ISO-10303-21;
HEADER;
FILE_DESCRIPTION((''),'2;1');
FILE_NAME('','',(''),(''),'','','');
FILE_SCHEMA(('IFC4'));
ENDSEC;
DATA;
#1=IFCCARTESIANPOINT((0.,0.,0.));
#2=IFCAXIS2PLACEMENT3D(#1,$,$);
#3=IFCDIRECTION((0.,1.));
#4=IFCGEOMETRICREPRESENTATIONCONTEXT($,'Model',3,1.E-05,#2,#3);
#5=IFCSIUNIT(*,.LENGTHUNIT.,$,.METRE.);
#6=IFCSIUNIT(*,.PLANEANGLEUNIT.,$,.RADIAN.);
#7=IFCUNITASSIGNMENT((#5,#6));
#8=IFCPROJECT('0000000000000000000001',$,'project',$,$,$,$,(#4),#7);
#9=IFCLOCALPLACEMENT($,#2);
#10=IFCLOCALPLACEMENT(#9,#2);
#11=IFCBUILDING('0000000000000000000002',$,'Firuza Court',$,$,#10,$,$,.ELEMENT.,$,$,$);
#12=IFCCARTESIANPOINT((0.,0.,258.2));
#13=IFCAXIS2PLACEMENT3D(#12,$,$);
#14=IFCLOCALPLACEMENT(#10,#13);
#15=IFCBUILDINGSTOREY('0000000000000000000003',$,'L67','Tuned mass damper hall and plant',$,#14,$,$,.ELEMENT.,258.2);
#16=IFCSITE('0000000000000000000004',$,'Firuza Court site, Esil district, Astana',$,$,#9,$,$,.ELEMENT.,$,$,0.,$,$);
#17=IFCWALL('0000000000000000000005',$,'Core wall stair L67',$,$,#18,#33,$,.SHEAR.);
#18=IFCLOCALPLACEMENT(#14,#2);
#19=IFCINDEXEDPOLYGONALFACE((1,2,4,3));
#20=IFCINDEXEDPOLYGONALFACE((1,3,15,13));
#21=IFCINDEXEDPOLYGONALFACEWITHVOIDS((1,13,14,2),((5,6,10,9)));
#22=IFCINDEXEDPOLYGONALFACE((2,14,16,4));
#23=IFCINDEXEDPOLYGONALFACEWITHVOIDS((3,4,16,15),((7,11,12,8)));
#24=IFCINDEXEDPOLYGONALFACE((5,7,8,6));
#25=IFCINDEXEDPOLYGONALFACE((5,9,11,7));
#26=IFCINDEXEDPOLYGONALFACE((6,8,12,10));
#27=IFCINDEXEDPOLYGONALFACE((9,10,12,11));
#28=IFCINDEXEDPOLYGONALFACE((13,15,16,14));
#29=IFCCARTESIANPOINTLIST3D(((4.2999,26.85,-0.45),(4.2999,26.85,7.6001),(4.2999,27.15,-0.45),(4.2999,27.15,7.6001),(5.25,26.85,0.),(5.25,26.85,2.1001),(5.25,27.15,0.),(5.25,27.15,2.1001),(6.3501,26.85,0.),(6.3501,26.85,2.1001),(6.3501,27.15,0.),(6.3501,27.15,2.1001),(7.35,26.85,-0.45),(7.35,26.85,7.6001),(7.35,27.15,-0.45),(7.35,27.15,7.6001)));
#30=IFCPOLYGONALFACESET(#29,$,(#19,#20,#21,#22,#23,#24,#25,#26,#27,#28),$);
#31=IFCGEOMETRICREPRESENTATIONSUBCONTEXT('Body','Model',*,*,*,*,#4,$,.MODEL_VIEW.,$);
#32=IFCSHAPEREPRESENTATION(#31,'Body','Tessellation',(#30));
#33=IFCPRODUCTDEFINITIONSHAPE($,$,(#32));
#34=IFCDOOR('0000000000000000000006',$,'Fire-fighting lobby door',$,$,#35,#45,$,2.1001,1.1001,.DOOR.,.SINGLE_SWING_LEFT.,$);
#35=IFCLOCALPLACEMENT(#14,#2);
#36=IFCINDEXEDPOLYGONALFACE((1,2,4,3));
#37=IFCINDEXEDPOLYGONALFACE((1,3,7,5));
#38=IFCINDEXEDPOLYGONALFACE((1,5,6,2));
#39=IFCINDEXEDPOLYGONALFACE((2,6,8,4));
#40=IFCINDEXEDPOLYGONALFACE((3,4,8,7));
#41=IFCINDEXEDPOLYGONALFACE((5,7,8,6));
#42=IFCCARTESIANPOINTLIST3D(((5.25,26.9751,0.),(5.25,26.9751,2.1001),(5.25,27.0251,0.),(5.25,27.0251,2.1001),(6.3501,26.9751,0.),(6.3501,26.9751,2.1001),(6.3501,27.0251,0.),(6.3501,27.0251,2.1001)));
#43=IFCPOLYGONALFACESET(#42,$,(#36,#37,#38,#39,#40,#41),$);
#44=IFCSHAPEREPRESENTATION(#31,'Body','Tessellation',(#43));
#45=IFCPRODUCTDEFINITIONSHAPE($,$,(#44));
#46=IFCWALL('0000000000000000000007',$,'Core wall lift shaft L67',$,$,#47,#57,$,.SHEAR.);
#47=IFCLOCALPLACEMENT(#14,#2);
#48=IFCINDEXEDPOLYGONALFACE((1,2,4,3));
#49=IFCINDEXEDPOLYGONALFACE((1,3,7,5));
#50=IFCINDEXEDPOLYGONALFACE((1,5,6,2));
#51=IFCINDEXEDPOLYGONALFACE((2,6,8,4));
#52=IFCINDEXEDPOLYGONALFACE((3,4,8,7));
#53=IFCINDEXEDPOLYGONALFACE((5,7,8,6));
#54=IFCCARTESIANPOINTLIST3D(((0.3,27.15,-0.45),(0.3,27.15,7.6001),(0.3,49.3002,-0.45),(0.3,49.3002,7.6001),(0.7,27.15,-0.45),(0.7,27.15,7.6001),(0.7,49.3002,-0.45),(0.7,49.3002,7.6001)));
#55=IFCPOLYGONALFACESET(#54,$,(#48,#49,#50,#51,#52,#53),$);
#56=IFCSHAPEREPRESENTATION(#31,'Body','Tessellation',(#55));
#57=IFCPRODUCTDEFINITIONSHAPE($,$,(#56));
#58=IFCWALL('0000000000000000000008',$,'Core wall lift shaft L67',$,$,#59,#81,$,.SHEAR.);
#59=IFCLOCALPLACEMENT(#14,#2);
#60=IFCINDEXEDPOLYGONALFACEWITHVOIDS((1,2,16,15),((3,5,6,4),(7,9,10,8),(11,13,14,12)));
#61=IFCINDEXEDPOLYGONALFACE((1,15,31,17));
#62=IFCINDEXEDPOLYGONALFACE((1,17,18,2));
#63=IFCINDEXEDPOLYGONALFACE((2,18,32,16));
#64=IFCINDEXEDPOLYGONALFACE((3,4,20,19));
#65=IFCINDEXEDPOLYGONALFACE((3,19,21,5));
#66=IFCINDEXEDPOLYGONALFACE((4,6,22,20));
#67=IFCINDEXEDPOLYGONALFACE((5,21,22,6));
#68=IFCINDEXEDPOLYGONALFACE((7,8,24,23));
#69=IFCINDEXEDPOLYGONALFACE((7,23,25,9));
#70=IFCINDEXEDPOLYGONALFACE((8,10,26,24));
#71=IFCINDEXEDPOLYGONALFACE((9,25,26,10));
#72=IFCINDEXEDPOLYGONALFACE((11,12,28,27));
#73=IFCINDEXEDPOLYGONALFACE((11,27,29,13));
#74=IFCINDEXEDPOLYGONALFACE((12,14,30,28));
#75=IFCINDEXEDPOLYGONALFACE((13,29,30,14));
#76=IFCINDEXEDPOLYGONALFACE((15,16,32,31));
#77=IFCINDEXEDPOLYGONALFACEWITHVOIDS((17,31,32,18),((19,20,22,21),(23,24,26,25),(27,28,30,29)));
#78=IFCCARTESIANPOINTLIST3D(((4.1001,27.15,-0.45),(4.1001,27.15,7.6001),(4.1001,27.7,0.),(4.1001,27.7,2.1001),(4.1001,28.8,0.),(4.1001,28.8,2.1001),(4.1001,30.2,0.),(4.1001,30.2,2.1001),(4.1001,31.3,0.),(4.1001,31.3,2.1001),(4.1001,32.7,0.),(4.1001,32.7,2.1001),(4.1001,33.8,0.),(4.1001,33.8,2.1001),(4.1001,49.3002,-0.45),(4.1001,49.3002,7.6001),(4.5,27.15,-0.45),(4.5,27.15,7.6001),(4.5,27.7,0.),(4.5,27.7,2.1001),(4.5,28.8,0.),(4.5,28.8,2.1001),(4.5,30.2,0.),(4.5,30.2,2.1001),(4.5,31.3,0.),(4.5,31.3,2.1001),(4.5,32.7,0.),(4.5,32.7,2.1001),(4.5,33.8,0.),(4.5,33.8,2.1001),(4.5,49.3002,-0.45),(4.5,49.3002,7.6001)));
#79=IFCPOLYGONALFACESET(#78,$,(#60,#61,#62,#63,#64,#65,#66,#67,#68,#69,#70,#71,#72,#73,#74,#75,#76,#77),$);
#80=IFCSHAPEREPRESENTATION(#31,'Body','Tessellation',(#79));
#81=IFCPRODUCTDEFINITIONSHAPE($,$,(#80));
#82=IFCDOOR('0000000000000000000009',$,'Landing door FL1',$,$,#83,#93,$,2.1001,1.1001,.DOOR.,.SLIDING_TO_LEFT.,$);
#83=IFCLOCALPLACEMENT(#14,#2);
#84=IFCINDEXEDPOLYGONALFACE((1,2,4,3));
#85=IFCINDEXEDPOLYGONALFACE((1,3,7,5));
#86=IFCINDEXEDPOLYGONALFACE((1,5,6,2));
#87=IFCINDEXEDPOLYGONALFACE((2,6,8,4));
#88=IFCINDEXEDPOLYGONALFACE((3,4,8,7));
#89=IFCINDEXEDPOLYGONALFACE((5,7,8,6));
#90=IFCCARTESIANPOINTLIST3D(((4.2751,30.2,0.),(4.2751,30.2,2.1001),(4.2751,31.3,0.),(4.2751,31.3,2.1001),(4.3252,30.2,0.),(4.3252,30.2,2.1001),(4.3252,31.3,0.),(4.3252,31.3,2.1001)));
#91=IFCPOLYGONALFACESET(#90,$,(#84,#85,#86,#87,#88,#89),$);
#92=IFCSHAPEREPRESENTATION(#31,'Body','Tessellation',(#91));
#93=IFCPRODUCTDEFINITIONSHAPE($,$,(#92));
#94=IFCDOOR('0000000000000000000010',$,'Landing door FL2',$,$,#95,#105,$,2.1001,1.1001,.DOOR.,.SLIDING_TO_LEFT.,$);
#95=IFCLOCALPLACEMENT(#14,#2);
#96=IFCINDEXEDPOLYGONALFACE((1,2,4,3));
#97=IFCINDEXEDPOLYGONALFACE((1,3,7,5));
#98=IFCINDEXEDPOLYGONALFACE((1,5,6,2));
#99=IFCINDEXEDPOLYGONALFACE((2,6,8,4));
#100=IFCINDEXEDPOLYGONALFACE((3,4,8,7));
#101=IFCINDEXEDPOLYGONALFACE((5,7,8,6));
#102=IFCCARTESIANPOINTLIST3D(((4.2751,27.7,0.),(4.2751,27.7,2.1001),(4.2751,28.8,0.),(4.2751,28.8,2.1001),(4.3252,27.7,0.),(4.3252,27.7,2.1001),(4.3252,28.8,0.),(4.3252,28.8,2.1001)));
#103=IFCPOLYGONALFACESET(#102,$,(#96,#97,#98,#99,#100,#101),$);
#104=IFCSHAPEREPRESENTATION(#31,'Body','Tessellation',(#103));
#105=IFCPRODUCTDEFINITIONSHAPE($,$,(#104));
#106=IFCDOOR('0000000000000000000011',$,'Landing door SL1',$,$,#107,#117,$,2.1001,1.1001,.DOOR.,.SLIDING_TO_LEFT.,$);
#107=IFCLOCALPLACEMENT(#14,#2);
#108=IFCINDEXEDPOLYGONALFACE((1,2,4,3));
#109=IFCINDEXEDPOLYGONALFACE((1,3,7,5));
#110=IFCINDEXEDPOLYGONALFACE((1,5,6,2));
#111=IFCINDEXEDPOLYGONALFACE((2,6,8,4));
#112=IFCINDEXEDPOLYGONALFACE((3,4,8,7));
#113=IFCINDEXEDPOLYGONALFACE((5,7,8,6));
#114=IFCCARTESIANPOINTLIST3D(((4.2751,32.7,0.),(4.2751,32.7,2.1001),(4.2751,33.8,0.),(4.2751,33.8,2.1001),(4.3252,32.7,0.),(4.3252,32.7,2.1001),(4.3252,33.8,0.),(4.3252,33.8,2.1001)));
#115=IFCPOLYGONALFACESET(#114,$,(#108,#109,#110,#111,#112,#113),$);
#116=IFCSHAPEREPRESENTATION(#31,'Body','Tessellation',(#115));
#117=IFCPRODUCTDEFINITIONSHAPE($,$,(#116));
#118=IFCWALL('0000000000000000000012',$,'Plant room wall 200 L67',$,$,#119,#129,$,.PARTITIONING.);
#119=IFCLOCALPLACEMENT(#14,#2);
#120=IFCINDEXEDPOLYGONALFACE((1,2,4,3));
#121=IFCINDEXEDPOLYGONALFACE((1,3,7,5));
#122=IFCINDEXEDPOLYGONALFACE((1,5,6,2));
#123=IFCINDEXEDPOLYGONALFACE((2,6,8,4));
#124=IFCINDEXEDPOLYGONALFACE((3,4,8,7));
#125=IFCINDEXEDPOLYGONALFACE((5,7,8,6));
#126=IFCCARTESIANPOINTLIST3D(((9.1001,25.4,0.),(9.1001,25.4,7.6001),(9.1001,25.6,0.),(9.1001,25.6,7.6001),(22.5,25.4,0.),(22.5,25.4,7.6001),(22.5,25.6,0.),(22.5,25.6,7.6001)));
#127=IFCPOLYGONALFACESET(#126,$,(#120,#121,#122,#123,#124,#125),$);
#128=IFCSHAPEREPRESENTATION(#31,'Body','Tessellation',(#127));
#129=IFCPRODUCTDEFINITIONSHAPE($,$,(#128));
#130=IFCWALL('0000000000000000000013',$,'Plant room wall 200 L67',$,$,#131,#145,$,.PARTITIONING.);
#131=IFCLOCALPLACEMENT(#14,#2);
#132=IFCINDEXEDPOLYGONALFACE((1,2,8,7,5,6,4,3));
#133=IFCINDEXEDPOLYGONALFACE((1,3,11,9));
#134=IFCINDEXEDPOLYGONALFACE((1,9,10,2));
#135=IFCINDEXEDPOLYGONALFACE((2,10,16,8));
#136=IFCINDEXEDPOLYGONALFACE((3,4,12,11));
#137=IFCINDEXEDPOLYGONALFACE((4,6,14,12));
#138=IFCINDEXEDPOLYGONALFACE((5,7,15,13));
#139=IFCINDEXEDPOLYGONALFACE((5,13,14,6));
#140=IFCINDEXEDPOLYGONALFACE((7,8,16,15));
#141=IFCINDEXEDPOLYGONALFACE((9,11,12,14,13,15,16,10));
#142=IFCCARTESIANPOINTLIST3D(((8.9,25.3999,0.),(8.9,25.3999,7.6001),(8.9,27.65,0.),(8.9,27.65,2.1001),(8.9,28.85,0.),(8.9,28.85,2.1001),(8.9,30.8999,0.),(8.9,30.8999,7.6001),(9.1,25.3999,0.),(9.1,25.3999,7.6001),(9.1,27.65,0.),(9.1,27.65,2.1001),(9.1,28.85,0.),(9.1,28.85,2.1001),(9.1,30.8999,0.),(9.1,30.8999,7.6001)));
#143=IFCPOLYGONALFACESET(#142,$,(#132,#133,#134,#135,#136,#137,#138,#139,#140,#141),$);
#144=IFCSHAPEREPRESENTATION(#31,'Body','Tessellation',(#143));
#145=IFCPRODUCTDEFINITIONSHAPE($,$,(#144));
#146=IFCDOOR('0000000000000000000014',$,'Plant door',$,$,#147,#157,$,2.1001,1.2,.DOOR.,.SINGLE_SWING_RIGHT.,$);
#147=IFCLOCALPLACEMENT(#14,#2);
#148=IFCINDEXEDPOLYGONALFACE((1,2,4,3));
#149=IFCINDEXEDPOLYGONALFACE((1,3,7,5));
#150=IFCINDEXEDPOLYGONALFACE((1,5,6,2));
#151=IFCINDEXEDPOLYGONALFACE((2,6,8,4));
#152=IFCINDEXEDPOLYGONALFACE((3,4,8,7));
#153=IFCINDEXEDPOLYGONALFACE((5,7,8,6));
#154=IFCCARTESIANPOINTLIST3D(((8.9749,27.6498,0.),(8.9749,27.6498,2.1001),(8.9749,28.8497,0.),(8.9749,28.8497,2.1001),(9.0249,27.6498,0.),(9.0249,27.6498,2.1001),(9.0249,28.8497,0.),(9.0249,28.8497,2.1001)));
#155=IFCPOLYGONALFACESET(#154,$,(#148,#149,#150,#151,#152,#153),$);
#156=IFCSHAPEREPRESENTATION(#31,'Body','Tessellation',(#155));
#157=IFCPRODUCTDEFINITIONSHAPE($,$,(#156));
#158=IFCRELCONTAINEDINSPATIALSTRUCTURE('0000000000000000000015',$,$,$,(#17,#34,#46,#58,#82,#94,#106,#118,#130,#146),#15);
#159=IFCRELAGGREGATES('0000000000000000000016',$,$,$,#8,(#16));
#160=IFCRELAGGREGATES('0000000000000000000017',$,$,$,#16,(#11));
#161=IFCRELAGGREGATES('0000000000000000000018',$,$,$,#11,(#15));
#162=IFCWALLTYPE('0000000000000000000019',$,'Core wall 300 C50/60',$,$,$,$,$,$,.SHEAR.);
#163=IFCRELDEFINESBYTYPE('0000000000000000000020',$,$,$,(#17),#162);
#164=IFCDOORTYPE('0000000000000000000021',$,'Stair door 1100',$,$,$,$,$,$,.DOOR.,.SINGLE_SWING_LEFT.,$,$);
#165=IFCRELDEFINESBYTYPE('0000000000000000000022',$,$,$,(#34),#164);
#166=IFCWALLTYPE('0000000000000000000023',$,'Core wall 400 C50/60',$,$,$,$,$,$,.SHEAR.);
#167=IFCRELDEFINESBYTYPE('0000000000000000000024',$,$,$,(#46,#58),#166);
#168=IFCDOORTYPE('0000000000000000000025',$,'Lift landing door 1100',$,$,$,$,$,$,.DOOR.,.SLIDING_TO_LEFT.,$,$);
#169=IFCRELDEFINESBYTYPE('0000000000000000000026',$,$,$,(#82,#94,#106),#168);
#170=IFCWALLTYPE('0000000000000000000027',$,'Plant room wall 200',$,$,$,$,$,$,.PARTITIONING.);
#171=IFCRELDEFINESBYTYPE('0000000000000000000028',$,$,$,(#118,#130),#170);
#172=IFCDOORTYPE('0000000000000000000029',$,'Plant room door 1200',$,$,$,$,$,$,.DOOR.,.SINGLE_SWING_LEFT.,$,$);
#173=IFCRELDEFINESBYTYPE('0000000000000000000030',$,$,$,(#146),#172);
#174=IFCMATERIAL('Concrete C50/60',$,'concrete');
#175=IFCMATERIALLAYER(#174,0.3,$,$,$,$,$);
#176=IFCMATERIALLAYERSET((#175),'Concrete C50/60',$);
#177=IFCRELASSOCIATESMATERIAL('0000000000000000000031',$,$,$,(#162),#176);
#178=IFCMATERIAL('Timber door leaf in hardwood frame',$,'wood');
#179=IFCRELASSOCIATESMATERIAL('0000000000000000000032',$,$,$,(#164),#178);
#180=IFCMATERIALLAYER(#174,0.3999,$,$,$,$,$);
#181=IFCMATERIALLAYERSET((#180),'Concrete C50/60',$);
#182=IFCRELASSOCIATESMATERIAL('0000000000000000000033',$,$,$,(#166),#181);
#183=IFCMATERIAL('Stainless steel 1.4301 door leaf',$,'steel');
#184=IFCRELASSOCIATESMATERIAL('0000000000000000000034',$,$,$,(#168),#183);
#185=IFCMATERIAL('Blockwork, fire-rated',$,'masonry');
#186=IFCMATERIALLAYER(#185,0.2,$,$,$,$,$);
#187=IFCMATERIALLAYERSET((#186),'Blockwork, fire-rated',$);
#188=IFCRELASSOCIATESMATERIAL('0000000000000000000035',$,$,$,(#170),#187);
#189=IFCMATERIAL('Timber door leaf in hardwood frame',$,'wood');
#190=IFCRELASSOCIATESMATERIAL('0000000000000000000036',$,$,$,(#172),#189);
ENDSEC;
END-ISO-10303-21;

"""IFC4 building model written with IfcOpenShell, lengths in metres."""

from ifc_helpers import new_model, si_unit, direction, frame, frame_2d, origin, place, context, subcontext, project, spatial, rectangle, extrude, material, layer, layer_set, type_object, element, fill, save


model = new_model("IFC4")

# Units and contexts
model_context = context("Model", 3, precision=1e-05, world=origin(), true_north=direction((0.0, 1.0)))
body_context = subcontext(model_context, "Body", "Model", "MODEL_VIEW")
ifc_project = project(units=[si_unit("LENGTHUNIT", "METRE"), si_unit("PLANEANGLEUNIT", "RADIAN")], contexts=[model_context])

# Site, building, storey
site_placement = place(None, origin())
site = spatial("IfcSite", under=ifc_project, at=site_placement, Name="Firuza Court site, Esil district, Astana", CompositionType="ELEMENT", RefElevation=0.0)
building_placement = place(site_placement, origin())
building = spatial("IfcBuilding", under=site, at=building_placement, Name="Firuza Court", CompositionType="ELEMENT")
storey_placement = place(building_placement, frame((0.0, 0.0, 258.2)))
storey = spatial("IfcBuildingStorey", under=building, at=storey_placement, Name="L67", Description="Tuned mass damper hall and plant", CompositionType="ELEMENT", Elevation=258.2)

# Shared definitions
ifc_material_1 = material(Name="Concrete C50/60", Category="concrete")
ifc_layer_1 = layer(ifc_material_1, 0.3)
ifc_layer_set_1 = layer_set([ifc_layer_1], Name="Concrete C50/60")
wall_type_1 = type_object("IfcWallType", Name="Core wall 300 C50/60", PredefinedType="SHEAR", material=ifc_layer_set_1)

# Wall, opening, door
wall_1_placement = place(storey_placement, frame((4.3, 27.0, -0.45), z_axis=(0.0, 0.0, 1.0), x_axis=(1.0, 0.0, 0.0)))
wall_1 = element("IfcWall", 1, at=wall_1_placement, inside=storey, type_object=wall_type_1, Name="Core wall stair L67", PredefinedType="SHEAR", context=body_context, shape_type="SweptSolid", body=[
    extrude(rectangle(XDim=3.05, YDim=0.3, at=frame_2d((1.5249, 0.0))), origin(), (0.0, 0.0, 1.0), 8.05),
])
opening_1_placement = place(wall_1_placement, frame((0.95, 0.0, 0.45)))
opening_1 = element("IfcOpeningElement", 2, at=opening_1_placement, cuts=wall_1, PredefinedType="OPENING", context=body_context, shape_type="SweptSolid", body=[
    extrude(rectangle(XDim=1.1001, YDim=2.1001, at=frame_2d((0.55, 1.05))), frame((0.0, 0.1621, 0.0), z_axis=(0.0, -1.0, 0.0), x_axis=(1.0, 0.0, 0.0)), (0.0, 0.0, 1.0), 0.324),
])
ifc_material_2 = material(Name="Timber door leaf in hardwood frame", Category="wood")
door_type_1 = type_object("IfcDoorType", Name="Stair door 1100", OperationType="SINGLE_SWING_LEFT", PredefinedType="DOOR", material=ifc_material_2)
door_1_placement = place(opening_1_placement, frame((1.1001, 0.0, 0.0), z_axis=(0.0, 0.0, 1.0), x_axis=(-1.0, 0.0, 0.0)))
door_1 = element("IfcDoor", 3, at=door_1_placement, inside=storey, type_object=door_type_1, Name="Fire-fighting lobby door", OperationType="SINGLE_SWING_LEFT", OverallHeight=2.1001, OverallWidth=1.1001, PredefinedType="DOOR", context=body_context, shape_type="SweptSolid", body=[
    extrude(rectangle(XDim=1.1001, YDim=2.1001, at=frame_2d((0.55, 1.05))), frame((0.0, 0.0249, 0.0), z_axis=(0.0, -1.0, 0.0), x_axis=(1.0, 0.0, 0.0)), (0.0, 0.0, 1.0), 0.05),
])
fill(opening_1, door_1)

# Wall
ifc_layer_2 = layer(ifc_material_1, 0.3999)
ifc_layer_set_2 = layer_set([ifc_layer_2], Name="Concrete C50/60")
wall_type_2 = type_object("IfcWallType", Name="Core wall 400 C50/60", PredefinedType="SHEAR", material=ifc_layer_set_2)
wall_2_placement = place(storey_placement, frame((0.5, 27.1499, -0.45), z_axis=(0.0, 0.0, 1.0), x_axis=(0.0, 1.0, 0.0)))
element("IfcWall", 4, at=wall_2_placement, inside=storey, type_object=wall_type_2, Name="Core wall lift shaft L67", PredefinedType="SHEAR", context=body_context, shape_type="SweptSolid", body=[
    extrude(rectangle(XDim=22.1501, YDim=0.3999, at=frame_2d((11.0752, 0.0))), origin(), (0.0, 0.0, 1.0), 8.05),
])

# Wall, openings, doors
wall_3_placement = place(storey_placement, frame((4.3, 27.1499, -0.45), z_axis=(0.0, 0.0, 1.0), x_axis=(0.0, 1.0, 0.0)))
wall_3 = element("IfcWall", 5, at=wall_3_placement, inside=storey, type_object=wall_type_2, Name="Core wall lift shaft L67", PredefinedType="SHEAR", context=body_context, shape_type="SweptSolid", body=[
    extrude(rectangle(XDim=22.1501, YDim=0.3999, at=frame_2d((11.0752, 0.0))), origin(), (0.0, 0.0, 1.0), 8.05),
])
opening_2_placement = place(wall_3_placement, frame((3.05, 0.0, 0.45)))
opening_2 = element("IfcOpeningElement", 6, at=opening_2_placement, cuts=wall_3, PredefinedType="OPENING", context=body_context, shape_type="SweptSolid", body=[
    extrude(rectangle(XDim=1.1001, YDim=2.1001, at=frame_2d((0.55, 1.05))), frame((0.0, 0.2119, 0.0), z_axis=(0.0, -1.0, 0.0), x_axis=(1.0, 0.0, 0.0)), (0.0, 0.0, 1.0), 0.4238),
])
opening_3_placement = place(wall_3_placement, frame((0.55, 0.0, 0.45)))
opening_3 = element("IfcOpeningElement", 7, at=opening_3_placement, cuts=wall_3, PredefinedType="OPENING", context=body_context, shape_type="SweptSolid", body=[
    extrude(rectangle(XDim=1.1001, YDim=2.1001, at=frame_2d((0.55, 1.05))), frame((0.0, 0.2119, 0.0), z_axis=(0.0, -1.0, 0.0), x_axis=(1.0, 0.0, 0.0)), (0.0, 0.0, 1.0), 0.4238),
])
opening_4_placement = place(wall_3_placement, frame((5.55, 0.0, 0.45)))
opening_4 = element("IfcOpeningElement", 8, at=opening_4_placement, cuts=wall_3, PredefinedType="OPENING", context=body_context, shape_type="SweptSolid", body=[
    extrude(rectangle(XDim=1.1001, YDim=2.1001, at=frame_2d((0.55, 1.05))), frame((0.0, 0.2119, 0.0), z_axis=(0.0, -1.0, 0.0), x_axis=(1.0, 0.0, 0.0)), (0.0, 0.0, 1.0), 0.4238),
])
ifc_material_3 = material(Name="Stainless steel 1.4301 door leaf", Category="steel")
door_type_2 = type_object("IfcDoorType", Name="Lift landing door 1100", OperationType="SLIDING_TO_LEFT", PredefinedType="DOOR", material=ifc_material_3)
door_2_placement = place(opening_2_placement, origin())
door_2 = element("IfcDoor", 9, at=door_2_placement, inside=storey, type_object=door_type_2, Name="Landing door FL1", OperationType="SLIDING_TO_LEFT", OverallHeight=2.1001, OverallWidth=1.1001, PredefinedType="DOOR", context=body_context, shape_type="SweptSolid", body=[
    extrude(rectangle(XDim=1.1001, YDim=2.1001, at=frame_2d((0.55, 1.05))), frame((0.0, 0.0249, 0.0), z_axis=(0.0, -1.0, 0.0), x_axis=(1.0, 0.0, 0.0)), (0.0, 0.0, 1.0), 0.05),
])
fill(opening_2, door_2)
door_3_placement = place(opening_3_placement, origin())
door_3 = element("IfcDoor", 10, at=door_3_placement, inside=storey, type_object=door_type_2, Name="Landing door FL2", OperationType="SLIDING_TO_LEFT", OverallHeight=2.1001, OverallWidth=1.1001, PredefinedType="DOOR", context=body_context, shape_type="SweptSolid", body=[
    extrude(rectangle(XDim=1.1001, YDim=2.1001, at=frame_2d((0.55, 1.05))), frame((0.0, 0.0249, 0.0), z_axis=(0.0, -1.0, 0.0), x_axis=(1.0, 0.0, 0.0)), (0.0, 0.0, 1.0), 0.05),
])
fill(opening_3, door_3)
door_4_placement = place(opening_4_placement, origin())
door_4 = element("IfcDoor", 11, at=door_4_placement, inside=storey, type_object=door_type_2, Name="Landing door SL1", OperationType="SLIDING_TO_LEFT", OverallHeight=2.1001, OverallWidth=1.1001, PredefinedType="DOOR", context=body_context, shape_type="SweptSolid", body=[
    extrude(rectangle(XDim=1.1001, YDim=2.1001, at=frame_2d((0.55, 1.05))), frame((0.0, 0.0249, 0.0), z_axis=(0.0, -1.0, 0.0), x_axis=(1.0, 0.0, 0.0)), (0.0, 0.0, 1.0), 0.05),
])
fill(opening_4, door_4)

# Wall
ifc_material_4 = material(Name="Blockwork, fire-rated", Category="masonry")
ifc_layer_3 = layer(ifc_material_4, 0.2)
ifc_layer_set_3 = layer_set([ifc_layer_3], Name="Blockwork, fire-rated")
wall_type_3 = type_object("IfcWallType", Name="Plant room wall 200", PredefinedType="PARTITIONING", material=ifc_layer_set_3)
wall_4_placement = place(storey_placement, frame((9.1001, 25.5, 0.0), z_axis=(0.0, 0.0, 1.0), x_axis=(1.0, 0.0, 0.0)))
element("IfcWall", 12, at=wall_4_placement, inside=storey, type_object=wall_type_3, Name="Plant room wall 200 L67", PredefinedType="PARTITIONING", context=body_context, shape_type="SweptSolid", body=[
    extrude(rectangle(XDim=13.3999, YDim=0.2, at=frame_2d((6.7, 0.0))), origin(), (0.0, 0.0, 1.0), 7.6001),
])

# Wall, opening, door
wall_5_placement = place(storey_placement, frame((9.0, 25.3999, 0.0), z_axis=(0.0, 0.0, 1.0), x_axis=(0.0, 1.0, 0.0)))
wall_5 = element("IfcWall", 13, at=wall_5_placement, inside=storey, type_object=wall_type_3, Name="Plant room wall 200 L67", PredefinedType="PARTITIONING", context=body_context, shape_type="SweptSolid", body=[
    extrude(rectangle(XDim=5.5, YDim=0.2, at=frame_2d((2.75, 0.0))), origin(), (0.0, 0.0, 1.0), 7.6001),
])
opening_5_placement = place(wall_5_placement, frame((2.25, 0.0, 0.0)))
opening_5 = element("IfcOpeningElement", 14, at=opening_5_placement, cuts=wall_5, PredefinedType="OPENING", context=body_context, shape_type="SweptSolid", body=[
    extrude(rectangle(XDim=1.2, YDim=2.1001, at=frame_2d((0.6001, 1.05))), frame((0.0, 0.1118, 0.0), z_axis=(0.0, -1.0, 0.0), x_axis=(1.0, 0.0, 0.0)), (0.0, 0.0, 1.0), 0.2239),
])
ifc_material_5 = material(Name="Timber door leaf in hardwood frame", Category="wood")
door_type_3 = type_object("IfcDoorType", Name="Plant room door 1200", OperationType="SINGLE_SWING_LEFT", PredefinedType="DOOR", material=ifc_material_5)
door_5_placement = place(opening_5_placement, frame((1.2, 0.0, 0.0), z_axis=(0.0, 0.0, 1.0), x_axis=(-1.0, 0.0, 0.0)))
door_5 = element("IfcDoor", 15, at=door_5_placement, inside=storey, type_object=door_type_3, Name="Plant door", OperationType="SINGLE_SWING_RIGHT", OverallHeight=2.1001, OverallWidth=1.2, PredefinedType="DOOR", context=body_context, shape_type="SweptSolid", body=[
    extrude(rectangle(XDim=1.2, YDim=2.1001, at=frame_2d((0.6001, 1.05))), frame((0.0, 0.0249, 0.0), z_axis=(0.0, -1.0, 0.0), x_axis=(1.0, 0.0, 0.0)), (0.0, 0.0, 1.0), 0.05),
])
fill(opening_5, door_5)

save(model, "model.ifc")
